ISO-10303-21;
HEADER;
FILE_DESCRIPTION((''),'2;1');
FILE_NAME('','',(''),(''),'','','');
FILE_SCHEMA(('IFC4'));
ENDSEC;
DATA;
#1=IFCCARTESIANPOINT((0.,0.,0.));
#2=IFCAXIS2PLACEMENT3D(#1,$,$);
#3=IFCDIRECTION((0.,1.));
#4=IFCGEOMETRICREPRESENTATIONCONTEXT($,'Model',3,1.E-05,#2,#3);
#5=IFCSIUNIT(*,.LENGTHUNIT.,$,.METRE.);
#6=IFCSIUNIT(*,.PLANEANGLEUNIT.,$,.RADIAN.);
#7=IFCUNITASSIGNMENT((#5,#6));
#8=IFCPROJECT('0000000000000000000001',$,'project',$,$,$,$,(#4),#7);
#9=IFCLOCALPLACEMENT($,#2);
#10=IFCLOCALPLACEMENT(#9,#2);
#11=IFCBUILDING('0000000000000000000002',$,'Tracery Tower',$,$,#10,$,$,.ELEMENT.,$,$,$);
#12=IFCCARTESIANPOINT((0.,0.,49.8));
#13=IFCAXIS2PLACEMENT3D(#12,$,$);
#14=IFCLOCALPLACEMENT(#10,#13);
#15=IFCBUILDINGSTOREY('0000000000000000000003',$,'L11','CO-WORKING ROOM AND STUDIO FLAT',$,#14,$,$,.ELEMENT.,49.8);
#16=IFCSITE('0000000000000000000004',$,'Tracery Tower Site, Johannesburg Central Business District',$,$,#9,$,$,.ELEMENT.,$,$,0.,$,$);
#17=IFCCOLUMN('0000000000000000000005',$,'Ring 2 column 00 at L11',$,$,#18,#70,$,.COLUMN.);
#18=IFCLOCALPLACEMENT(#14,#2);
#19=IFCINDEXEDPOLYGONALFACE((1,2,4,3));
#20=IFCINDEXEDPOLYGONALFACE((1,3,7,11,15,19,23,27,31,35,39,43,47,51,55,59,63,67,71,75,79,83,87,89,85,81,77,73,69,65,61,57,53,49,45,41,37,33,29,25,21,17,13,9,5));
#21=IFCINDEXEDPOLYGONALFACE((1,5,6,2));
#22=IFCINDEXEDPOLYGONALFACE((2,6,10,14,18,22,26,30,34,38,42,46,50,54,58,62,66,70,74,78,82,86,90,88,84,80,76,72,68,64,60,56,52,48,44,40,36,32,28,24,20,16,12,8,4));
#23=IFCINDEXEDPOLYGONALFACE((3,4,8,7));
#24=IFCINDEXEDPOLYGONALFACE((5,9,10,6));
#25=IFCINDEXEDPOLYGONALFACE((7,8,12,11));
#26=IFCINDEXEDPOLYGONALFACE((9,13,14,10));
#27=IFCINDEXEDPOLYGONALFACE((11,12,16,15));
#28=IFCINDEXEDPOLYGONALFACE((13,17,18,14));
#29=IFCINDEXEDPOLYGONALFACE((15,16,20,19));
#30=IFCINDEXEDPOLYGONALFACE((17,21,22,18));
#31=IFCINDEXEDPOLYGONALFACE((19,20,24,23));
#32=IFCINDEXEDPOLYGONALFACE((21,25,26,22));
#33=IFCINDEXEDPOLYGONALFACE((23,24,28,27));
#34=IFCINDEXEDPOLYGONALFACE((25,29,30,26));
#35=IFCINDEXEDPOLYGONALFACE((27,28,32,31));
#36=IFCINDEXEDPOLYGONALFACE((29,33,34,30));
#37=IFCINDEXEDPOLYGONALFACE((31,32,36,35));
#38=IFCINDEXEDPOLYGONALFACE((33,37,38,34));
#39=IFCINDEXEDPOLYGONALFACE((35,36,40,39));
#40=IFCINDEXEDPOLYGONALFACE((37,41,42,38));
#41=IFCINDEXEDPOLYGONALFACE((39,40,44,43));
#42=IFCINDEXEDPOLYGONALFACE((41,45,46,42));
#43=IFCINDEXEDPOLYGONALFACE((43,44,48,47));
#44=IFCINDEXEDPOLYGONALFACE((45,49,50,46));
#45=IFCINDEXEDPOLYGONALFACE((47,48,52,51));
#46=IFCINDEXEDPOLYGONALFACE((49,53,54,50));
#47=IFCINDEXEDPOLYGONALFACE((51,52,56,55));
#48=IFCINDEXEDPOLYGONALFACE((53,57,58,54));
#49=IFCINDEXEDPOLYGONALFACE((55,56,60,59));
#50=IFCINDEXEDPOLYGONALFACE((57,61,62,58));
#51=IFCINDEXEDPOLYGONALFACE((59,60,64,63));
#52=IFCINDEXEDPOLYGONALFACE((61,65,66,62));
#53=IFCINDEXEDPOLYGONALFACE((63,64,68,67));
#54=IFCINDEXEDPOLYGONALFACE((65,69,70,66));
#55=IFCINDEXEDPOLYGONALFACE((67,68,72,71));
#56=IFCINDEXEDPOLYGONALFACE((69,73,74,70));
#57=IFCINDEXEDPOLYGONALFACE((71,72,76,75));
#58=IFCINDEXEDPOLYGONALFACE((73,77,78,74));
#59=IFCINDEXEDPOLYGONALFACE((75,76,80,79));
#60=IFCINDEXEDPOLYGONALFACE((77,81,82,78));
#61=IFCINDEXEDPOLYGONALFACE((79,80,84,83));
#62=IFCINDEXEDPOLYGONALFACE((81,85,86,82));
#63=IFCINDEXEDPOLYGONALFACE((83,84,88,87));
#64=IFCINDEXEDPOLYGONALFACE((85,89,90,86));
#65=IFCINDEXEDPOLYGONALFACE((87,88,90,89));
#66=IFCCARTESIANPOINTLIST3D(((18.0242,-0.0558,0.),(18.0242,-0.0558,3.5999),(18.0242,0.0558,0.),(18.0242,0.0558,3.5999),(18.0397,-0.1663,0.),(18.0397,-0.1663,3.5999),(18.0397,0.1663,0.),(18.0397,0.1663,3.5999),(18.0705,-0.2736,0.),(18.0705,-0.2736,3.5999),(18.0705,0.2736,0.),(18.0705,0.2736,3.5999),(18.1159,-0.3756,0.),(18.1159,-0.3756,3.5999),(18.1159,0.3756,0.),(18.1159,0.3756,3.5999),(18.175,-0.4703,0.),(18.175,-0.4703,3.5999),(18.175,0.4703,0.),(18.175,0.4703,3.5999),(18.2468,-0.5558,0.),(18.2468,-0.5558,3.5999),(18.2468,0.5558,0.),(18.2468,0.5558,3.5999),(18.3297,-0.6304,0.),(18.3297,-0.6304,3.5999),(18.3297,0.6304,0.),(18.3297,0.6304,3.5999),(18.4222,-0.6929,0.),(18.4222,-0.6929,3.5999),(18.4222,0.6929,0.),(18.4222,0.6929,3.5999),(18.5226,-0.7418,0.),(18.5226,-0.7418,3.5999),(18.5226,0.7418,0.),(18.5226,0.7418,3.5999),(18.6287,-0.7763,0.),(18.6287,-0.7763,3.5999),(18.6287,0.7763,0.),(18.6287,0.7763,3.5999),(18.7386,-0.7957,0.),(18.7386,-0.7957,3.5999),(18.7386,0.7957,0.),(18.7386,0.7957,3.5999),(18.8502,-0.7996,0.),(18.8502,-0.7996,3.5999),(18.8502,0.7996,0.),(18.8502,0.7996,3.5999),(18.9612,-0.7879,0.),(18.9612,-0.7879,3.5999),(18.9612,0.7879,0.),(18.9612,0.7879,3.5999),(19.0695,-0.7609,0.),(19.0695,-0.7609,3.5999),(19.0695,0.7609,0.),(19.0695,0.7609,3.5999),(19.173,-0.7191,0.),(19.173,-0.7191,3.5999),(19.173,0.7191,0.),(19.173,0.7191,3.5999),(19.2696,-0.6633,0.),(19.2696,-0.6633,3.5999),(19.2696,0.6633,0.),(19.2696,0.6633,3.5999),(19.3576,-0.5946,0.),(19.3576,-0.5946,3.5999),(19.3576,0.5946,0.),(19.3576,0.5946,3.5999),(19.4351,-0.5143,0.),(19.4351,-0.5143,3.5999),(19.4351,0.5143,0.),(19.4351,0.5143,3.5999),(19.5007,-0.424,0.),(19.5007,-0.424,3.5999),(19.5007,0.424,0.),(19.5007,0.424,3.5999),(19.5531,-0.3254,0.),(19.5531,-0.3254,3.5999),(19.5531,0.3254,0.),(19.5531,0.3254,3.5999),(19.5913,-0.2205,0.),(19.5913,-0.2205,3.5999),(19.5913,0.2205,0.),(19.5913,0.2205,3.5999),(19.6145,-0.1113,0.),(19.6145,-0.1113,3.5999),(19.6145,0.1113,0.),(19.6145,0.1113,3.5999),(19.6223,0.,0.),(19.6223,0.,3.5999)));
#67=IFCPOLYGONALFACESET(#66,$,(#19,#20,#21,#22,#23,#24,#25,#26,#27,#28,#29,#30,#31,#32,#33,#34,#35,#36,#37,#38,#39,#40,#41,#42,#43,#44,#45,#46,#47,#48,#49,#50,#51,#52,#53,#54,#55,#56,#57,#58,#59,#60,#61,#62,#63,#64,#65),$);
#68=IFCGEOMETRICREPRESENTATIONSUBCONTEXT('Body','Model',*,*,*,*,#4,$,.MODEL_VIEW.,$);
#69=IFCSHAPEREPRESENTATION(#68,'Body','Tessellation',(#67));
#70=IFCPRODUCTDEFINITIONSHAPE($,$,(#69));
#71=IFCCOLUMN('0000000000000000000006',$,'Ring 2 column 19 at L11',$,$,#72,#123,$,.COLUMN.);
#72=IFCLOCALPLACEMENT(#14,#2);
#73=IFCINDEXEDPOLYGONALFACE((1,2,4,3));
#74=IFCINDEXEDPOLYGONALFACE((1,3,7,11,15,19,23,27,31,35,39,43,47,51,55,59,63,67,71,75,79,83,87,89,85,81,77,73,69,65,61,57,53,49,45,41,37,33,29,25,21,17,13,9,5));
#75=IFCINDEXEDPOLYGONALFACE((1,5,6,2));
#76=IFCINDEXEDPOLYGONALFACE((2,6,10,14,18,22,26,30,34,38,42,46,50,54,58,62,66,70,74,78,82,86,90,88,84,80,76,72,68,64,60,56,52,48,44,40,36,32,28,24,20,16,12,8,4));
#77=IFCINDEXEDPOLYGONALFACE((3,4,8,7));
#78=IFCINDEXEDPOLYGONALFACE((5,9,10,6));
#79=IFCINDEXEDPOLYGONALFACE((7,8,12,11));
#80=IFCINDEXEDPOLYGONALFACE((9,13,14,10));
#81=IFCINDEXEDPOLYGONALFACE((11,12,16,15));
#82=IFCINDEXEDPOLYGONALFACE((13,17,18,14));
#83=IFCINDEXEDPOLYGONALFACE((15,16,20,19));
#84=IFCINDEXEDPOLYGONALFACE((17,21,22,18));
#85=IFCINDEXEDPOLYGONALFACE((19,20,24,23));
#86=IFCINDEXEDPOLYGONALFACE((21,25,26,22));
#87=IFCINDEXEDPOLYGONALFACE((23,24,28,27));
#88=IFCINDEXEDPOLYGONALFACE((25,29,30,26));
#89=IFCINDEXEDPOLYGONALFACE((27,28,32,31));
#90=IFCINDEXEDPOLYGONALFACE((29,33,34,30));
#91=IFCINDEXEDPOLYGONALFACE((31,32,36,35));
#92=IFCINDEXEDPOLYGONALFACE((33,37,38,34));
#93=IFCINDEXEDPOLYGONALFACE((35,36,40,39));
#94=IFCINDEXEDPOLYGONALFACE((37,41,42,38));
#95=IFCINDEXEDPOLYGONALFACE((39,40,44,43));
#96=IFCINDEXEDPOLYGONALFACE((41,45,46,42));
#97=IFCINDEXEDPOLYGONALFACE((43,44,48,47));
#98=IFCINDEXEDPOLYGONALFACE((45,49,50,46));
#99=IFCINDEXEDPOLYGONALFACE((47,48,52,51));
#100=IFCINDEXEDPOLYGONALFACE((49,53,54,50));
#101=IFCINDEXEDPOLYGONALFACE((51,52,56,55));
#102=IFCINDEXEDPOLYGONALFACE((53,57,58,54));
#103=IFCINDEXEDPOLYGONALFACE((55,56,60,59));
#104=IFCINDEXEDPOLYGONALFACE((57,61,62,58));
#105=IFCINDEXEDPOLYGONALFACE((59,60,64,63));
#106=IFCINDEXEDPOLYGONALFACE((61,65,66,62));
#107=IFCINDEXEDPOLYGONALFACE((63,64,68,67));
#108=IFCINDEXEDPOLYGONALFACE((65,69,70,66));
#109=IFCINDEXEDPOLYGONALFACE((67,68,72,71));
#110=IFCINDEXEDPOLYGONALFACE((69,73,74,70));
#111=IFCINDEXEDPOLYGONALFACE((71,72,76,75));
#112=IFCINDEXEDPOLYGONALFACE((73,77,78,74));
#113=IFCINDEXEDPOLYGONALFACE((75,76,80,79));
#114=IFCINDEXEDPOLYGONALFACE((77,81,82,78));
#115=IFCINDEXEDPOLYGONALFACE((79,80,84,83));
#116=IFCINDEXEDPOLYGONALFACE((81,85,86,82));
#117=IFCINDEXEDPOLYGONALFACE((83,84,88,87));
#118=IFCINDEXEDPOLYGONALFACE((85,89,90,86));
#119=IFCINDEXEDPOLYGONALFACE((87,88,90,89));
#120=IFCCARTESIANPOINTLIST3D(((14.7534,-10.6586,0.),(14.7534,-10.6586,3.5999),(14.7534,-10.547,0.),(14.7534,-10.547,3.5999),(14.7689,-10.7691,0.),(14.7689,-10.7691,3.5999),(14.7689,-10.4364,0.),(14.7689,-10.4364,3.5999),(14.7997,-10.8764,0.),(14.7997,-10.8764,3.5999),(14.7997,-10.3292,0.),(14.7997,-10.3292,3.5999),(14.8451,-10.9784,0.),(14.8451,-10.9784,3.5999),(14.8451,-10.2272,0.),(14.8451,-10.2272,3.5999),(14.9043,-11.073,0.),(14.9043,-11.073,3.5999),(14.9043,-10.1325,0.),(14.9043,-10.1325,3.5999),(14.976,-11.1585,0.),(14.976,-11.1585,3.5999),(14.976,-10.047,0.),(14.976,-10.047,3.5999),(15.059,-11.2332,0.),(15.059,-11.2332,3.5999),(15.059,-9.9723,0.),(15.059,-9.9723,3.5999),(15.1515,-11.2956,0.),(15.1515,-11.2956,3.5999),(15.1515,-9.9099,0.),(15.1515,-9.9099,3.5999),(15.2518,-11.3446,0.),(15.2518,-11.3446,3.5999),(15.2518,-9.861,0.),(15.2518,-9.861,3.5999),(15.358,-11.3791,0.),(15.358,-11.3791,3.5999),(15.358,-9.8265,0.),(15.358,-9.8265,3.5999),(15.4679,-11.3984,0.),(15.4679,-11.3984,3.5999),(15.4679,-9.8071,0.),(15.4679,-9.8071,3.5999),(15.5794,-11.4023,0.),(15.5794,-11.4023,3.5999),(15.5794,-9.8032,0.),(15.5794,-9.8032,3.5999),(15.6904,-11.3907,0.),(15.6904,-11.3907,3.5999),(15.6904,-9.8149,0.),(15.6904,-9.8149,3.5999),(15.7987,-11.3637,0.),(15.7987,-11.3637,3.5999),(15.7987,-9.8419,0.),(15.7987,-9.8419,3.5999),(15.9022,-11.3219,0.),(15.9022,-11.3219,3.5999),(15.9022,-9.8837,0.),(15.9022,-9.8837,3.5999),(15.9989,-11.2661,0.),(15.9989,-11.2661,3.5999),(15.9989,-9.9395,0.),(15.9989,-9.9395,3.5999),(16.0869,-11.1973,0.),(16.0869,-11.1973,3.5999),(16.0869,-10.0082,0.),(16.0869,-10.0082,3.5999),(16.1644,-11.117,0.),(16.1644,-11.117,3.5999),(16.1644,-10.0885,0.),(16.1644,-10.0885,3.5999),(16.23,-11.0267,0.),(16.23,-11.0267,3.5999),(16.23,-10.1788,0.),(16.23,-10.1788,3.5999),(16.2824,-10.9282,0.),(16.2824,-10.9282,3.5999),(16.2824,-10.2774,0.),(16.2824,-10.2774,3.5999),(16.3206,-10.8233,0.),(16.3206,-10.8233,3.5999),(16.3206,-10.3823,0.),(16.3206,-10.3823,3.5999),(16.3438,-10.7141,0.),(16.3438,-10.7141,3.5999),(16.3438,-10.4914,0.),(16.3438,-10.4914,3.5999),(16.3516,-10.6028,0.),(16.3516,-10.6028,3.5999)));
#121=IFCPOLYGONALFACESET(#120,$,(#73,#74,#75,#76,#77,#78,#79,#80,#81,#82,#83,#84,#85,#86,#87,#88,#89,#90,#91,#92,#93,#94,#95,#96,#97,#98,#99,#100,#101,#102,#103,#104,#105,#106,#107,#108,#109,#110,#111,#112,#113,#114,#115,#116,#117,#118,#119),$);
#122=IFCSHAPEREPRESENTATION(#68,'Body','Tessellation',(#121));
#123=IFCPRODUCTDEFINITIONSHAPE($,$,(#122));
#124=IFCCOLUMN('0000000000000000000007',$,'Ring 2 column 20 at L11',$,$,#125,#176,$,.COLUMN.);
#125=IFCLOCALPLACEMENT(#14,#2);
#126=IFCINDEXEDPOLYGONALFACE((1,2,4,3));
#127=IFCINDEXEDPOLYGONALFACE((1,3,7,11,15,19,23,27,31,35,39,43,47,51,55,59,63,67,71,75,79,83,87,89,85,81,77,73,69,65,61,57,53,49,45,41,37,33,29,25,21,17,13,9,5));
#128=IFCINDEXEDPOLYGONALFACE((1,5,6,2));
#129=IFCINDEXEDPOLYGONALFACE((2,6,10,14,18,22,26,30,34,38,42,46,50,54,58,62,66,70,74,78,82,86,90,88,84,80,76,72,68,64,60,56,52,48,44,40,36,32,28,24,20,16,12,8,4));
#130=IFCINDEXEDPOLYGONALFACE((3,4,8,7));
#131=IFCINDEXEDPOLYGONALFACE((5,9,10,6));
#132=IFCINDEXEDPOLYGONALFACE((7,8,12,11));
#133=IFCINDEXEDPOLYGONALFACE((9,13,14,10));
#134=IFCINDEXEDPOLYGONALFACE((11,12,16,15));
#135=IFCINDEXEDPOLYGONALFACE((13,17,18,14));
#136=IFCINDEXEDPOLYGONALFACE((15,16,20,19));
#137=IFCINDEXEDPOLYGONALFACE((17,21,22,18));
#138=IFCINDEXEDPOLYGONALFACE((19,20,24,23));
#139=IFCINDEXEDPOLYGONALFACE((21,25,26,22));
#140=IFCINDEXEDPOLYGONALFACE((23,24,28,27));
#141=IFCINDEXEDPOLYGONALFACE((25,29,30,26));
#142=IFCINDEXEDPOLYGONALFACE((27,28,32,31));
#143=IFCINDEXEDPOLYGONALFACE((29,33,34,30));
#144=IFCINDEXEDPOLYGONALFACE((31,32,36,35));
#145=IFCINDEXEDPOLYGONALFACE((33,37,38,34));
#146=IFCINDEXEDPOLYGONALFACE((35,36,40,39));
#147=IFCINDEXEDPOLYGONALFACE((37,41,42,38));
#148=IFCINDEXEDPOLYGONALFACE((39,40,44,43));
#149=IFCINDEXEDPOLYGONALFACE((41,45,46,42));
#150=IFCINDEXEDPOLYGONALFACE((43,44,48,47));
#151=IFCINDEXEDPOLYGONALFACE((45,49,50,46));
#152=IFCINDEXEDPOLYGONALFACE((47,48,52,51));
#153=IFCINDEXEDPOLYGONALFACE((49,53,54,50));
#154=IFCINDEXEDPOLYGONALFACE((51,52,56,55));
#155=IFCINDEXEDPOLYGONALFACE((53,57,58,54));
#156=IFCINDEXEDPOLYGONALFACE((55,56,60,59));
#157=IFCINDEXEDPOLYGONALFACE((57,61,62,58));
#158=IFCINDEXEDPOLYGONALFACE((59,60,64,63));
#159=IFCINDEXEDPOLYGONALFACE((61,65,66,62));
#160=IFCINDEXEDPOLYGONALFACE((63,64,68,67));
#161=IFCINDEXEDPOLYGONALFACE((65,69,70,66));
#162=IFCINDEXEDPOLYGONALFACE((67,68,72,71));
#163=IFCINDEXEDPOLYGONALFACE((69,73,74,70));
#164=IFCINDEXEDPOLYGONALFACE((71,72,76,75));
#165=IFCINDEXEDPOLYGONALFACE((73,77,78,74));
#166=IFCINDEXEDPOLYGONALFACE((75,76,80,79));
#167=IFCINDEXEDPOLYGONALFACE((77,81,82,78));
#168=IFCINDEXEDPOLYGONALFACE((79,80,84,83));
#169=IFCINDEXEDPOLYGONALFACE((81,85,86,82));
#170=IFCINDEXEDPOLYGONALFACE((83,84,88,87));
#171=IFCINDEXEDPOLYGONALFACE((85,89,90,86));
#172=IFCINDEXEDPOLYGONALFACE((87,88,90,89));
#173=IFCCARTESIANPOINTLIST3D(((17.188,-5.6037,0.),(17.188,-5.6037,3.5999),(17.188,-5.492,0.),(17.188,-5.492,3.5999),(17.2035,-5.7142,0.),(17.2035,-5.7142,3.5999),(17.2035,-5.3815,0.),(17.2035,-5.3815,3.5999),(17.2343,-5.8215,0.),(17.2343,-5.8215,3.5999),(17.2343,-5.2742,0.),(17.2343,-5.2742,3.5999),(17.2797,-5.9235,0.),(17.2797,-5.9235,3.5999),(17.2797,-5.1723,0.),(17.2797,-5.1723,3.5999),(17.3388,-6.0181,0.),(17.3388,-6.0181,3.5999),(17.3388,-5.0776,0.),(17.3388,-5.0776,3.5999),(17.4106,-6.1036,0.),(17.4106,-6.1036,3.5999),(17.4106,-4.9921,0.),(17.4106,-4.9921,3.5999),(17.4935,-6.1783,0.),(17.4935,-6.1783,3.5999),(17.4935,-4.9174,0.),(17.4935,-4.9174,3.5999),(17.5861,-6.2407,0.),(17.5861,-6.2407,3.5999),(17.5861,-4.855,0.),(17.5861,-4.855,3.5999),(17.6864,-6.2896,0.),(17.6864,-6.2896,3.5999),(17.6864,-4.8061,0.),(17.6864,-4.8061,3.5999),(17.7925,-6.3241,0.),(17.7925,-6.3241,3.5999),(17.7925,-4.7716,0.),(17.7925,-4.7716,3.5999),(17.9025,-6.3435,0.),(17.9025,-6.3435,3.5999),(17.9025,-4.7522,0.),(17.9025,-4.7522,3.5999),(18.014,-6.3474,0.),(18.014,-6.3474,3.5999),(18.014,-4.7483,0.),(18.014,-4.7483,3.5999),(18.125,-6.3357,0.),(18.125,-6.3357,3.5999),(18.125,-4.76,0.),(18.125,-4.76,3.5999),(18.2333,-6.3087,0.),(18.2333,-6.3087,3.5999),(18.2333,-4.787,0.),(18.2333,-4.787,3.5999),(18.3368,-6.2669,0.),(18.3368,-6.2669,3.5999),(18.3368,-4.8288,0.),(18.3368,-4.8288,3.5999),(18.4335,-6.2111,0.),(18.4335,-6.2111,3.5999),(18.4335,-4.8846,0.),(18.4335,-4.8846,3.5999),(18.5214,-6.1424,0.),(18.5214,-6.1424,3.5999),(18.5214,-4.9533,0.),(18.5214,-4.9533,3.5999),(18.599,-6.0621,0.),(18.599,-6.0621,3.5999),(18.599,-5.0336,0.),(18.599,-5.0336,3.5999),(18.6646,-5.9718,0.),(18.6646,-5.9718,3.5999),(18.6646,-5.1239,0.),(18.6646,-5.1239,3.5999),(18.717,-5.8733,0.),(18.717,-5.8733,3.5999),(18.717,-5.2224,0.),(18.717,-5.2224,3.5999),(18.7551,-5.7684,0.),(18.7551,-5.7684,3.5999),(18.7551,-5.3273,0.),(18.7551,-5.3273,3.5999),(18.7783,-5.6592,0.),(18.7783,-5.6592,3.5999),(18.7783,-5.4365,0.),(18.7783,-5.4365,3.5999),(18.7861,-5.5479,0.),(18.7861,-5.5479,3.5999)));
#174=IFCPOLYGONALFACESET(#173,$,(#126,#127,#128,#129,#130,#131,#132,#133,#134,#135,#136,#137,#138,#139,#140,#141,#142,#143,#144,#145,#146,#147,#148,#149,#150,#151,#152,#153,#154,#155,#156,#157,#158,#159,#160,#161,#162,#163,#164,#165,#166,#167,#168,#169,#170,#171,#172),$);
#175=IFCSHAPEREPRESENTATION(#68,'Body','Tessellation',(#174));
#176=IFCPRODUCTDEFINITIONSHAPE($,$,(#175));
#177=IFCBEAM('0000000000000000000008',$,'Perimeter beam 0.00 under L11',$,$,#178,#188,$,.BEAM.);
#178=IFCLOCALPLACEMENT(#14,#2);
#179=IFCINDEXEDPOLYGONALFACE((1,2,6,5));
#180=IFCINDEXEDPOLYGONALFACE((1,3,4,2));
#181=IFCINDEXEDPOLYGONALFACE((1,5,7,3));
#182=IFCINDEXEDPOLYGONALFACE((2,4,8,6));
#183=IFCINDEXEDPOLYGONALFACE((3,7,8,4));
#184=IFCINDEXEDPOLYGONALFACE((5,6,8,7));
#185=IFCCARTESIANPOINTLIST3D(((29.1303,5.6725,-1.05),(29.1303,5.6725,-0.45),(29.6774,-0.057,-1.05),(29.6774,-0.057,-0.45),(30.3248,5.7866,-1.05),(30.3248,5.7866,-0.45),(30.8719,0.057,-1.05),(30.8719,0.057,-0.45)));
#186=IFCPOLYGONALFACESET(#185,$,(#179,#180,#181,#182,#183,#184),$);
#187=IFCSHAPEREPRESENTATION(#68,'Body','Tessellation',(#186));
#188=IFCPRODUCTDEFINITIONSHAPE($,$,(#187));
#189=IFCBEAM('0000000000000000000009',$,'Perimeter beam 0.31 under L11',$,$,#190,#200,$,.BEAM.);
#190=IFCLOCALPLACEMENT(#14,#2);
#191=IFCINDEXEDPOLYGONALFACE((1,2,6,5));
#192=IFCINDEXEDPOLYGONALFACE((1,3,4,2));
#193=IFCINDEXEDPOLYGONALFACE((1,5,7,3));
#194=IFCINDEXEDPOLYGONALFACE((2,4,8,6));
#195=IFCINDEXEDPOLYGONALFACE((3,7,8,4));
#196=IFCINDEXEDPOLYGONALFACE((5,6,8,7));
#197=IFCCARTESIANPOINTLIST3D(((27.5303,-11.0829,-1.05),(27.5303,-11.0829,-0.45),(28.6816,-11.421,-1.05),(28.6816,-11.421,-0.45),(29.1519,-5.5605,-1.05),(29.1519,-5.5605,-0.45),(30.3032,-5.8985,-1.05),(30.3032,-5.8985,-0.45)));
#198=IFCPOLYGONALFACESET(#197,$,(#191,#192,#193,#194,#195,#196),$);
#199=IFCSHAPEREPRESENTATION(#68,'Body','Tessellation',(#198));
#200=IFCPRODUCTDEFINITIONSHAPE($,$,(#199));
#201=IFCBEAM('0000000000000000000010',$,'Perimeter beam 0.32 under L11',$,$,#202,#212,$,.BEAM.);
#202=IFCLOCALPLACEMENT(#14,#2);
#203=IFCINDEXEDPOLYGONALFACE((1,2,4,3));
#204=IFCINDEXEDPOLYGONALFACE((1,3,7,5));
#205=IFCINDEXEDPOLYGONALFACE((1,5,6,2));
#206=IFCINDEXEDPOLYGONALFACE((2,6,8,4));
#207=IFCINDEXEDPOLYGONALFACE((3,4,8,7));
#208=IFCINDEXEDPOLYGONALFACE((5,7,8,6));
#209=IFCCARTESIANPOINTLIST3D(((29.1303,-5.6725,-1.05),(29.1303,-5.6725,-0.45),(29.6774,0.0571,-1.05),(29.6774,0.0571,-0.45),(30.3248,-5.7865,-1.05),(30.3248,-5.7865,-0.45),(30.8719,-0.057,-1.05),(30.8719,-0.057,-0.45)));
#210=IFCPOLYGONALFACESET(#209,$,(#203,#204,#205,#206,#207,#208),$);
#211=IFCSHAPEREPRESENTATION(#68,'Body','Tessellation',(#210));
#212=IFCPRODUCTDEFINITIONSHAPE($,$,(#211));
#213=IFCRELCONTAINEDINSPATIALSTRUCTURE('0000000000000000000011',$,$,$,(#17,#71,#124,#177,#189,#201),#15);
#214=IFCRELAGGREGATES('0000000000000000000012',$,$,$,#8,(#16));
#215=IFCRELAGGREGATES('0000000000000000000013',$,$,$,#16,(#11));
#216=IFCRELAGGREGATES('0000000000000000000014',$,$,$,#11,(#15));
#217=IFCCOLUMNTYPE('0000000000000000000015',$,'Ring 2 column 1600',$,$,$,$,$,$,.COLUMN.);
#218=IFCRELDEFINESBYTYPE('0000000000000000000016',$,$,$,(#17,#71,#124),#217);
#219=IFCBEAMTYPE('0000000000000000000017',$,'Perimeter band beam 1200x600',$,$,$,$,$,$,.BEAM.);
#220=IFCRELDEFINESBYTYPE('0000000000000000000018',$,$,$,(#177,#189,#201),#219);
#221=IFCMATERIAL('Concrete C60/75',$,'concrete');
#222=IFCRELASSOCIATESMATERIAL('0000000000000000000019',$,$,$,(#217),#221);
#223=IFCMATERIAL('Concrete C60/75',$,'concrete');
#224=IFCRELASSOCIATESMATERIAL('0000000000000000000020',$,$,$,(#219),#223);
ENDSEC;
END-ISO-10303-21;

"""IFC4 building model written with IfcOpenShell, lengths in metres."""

from ifc_helpers import new_model, si_unit, direction, frame, origin, origin_2d, place, context, subcontext, project, spatial, rectangle, circle, extrude, material, material_profile, profile_set, type_object, element, save


model = new_model("IFC4")

# Units and contexts
model_context = context("Model", 3, precision=1e-05, world=origin(), true_north=direction((0.0, 1.0)))
body_context = subcontext(model_context, "Body", "Model", "MODEL_VIEW")
ifc_project = project(units=[si_unit("LENGTHUNIT", "METRE"), si_unit("PLANEANGLEUNIT", "RADIAN")], contexts=[model_context])

# Site, building, storey
site_placement = place(None, origin())
site = spatial("IfcSite", under=ifc_project, at=site_placement, Name="Tracery Tower Site, Johannesburg Central Business District", CompositionType="ELEMENT", RefElevation=0.0)
building_placement = place(site_placement, origin())
building = spatial("IfcBuilding", under=site, at=building_placement, Name="Tracery Tower", CompositionType="ELEMENT")
storey_placement = place(building_placement, frame((0.0, 0.0, 49.8)))
storey = spatial("IfcBuildingStorey", under=building, at=storey_placement, Name="L11", Description="CO-WORKING ROOM AND STUDIO FLAT", CompositionType="ELEMENT", Elevation=49.8)

# Columns
ifc_material_1 = material(Name="Concrete C60/75", Category="concrete")
ifc_material_profile_1 = material_profile(ifc_material_1, circle(Radius=0.8, at=origin_2d()), Name="RC D1600")
ifc_profile_set_1 = profile_set([ifc_material_profile_1], Name="Concrete C60/75")
column_type_1 = type_object("IfcColumnType", Name="Ring 2 column 1600", PredefinedType="COLUMN", material=ifc_profile_set_1)
for number, where, z_axis, x_axis, name in (
    (1, (18.8223, 0.0, 0.0), (0.0, 0.0, 1.0), (1.0, 0.0, 0.0), "Ring 2 column 00 at L11"),
    (2, (15.5515, -10.6028, 0.0), (0.0, 0.0, 1.0), (1.0, 0.0, 0.0), "Ring 2 column 19 at L11"),
    (3, (17.9861, -5.5479, 0.0), (0.0, 0.0, 1.0), (1.0, 0.0, 0.0), "Ring 2 column 20 at L11"),
):
    element("IfcColumn", number, at=place(storey_placement, frame(where, z_axis=z_axis, x_axis=x_axis)), inside=storey, type_object=column_type_1, Name=name, PredefinedType="COLUMN", context=body_context, shape_type="SweptSolid", body=[
        extrude(circle(Radius=0.8, at=origin_2d()), origin(), (0.0, 0.0, 1.0), 3.5999),
    ])

# Beams
ifc_material_2 = material(Name="Concrete C60/75", Category="concrete")
ifc_material_profile_2 = material_profile(ifc_material_2, rectangle(XDim=1.2, YDim=0.6001, at=origin_2d()), Name="RC 1200x600")
ifc_profile_set_2 = profile_set([ifc_material_profile_2], Name="Concrete C60/75")
beam_type = type_object("IfcBeamType", Name="Perimeter band beam 1200x600", PredefinedType="BEAM", material=ifc_profile_set_2)
for number, where, z_axis, x_axis, name in (
    (4, (30.2747, 0.0, -0.75), (-0.095059, 0.995472, 0.0), (-0.995472, -0.095059, 0.0), "Perimeter beam 0.00 under L11"),
    (5, (28.106, -11.252, -0.75), (0.281739, 0.959491, 0.0), (-0.959491, 0.281739, 0.0), "Perimeter beam 0.31 under L11"),
    (6, (29.7275, -5.7295, -0.75), (0.095059, 0.995472, 0.0), (-0.995472, 0.095059, 0.0), "Perimeter beam 0.32 under L11"),
):
    element("IfcBeam", number, at=place(storey_placement, frame(where, z_axis=z_axis, x_axis=x_axis)), inside=storey, type_object=beam_type, Name=name, PredefinedType="BEAM", context=body_context, shape_type="SweptSolid", body=[
        extrude(rectangle(XDim=1.2, YDim=0.6001, at=origin_2d()), origin(), (0.0, 0.0, 1.0), 5.7556),
    ])

save(model, "model.ifc")
